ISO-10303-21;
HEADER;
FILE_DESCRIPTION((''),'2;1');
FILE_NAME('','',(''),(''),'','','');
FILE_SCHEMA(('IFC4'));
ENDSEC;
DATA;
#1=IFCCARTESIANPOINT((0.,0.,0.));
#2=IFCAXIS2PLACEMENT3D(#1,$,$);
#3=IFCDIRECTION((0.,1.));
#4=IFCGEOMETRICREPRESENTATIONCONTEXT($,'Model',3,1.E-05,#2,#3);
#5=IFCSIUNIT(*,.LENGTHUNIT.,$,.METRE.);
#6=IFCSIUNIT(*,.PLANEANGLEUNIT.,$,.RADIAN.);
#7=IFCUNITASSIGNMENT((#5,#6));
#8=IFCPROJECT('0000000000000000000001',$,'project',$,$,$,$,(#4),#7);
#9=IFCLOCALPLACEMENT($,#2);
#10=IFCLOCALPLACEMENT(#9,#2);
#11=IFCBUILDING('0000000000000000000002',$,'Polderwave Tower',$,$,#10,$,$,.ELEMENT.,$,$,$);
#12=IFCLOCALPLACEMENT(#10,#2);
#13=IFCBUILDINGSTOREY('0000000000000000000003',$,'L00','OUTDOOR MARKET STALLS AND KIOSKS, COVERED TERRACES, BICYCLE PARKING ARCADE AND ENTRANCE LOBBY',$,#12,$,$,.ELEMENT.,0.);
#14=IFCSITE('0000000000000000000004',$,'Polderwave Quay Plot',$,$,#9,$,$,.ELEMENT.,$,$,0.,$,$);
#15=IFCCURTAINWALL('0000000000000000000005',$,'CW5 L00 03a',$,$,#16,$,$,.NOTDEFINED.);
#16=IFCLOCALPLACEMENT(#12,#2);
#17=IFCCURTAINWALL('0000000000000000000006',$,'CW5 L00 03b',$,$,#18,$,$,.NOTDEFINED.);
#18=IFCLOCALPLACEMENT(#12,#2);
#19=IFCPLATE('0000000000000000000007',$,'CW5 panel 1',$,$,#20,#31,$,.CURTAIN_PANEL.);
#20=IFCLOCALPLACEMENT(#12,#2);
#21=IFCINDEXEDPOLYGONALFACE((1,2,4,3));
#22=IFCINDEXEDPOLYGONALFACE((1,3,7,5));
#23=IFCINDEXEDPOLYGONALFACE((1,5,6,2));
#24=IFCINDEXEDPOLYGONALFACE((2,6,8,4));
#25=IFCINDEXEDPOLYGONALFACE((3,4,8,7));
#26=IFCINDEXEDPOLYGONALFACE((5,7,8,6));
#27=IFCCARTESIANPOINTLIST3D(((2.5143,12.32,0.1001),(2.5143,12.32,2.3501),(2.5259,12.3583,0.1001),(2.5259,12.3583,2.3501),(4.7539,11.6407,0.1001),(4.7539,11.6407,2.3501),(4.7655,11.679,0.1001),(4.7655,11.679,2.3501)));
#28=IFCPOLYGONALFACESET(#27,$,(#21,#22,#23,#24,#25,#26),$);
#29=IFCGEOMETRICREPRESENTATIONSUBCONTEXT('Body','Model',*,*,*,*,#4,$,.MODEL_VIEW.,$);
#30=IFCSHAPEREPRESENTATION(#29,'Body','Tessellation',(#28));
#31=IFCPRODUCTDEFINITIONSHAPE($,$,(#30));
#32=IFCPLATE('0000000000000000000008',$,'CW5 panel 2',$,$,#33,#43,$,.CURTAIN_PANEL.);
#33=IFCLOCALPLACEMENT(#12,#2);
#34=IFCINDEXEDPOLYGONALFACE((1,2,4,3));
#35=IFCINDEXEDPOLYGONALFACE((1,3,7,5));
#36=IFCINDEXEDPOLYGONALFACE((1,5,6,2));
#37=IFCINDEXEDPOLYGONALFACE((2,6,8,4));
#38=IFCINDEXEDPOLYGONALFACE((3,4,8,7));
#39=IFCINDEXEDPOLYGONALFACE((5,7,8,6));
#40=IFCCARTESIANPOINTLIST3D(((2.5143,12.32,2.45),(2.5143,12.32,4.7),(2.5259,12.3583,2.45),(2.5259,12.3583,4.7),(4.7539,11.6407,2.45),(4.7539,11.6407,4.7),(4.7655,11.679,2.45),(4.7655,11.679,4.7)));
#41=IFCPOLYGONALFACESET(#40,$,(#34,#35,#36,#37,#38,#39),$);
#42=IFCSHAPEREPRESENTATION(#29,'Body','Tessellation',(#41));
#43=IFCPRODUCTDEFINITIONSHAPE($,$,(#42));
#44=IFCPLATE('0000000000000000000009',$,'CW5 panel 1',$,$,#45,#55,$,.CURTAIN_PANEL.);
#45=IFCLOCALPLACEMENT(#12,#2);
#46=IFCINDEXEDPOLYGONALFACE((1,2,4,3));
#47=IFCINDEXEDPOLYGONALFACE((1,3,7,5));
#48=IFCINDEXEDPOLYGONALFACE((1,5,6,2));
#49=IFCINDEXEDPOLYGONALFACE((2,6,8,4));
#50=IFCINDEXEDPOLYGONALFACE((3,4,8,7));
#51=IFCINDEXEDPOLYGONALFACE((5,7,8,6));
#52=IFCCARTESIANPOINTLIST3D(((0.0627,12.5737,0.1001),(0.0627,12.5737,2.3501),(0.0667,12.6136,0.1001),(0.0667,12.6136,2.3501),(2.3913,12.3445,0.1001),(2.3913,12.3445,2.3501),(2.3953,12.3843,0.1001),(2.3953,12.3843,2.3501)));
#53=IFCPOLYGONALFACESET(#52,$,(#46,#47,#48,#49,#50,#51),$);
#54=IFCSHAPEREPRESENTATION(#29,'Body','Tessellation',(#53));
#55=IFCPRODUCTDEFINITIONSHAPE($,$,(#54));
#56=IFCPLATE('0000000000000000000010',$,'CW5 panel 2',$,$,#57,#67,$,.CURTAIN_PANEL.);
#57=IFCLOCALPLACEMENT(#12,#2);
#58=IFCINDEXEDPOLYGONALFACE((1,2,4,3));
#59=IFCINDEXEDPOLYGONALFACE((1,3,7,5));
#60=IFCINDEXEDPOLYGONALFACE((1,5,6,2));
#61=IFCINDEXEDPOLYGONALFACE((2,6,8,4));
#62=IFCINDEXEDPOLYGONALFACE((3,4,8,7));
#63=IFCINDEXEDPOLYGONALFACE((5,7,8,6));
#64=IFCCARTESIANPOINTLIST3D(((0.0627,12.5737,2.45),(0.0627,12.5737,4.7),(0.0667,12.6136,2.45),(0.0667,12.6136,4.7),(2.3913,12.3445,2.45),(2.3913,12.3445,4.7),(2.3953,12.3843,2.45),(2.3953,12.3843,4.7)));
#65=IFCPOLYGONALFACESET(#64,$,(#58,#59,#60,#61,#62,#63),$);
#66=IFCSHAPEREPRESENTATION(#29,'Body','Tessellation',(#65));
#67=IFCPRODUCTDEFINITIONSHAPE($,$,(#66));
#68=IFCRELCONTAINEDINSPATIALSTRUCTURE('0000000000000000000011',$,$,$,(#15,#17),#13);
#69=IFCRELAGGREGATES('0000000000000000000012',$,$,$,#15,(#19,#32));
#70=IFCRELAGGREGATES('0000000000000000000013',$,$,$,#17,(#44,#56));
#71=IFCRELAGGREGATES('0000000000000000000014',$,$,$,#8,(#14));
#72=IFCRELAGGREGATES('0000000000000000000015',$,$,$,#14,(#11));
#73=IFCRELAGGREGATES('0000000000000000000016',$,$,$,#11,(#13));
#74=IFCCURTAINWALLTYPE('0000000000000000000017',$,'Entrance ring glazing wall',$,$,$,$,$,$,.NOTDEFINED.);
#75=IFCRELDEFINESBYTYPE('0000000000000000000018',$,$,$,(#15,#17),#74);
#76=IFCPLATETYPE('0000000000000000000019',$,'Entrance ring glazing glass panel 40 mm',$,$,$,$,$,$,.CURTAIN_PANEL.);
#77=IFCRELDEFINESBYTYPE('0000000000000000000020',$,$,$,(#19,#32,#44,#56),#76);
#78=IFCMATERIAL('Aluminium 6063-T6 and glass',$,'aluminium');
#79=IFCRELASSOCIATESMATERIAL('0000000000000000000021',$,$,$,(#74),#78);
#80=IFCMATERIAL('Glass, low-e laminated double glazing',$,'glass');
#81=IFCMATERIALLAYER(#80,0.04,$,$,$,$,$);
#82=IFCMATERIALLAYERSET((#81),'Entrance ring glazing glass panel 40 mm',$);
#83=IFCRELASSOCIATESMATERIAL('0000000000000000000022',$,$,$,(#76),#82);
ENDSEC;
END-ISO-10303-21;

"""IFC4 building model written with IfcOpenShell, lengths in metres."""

from ifc_helpers import new_model, si_unit, direction, frame, origin, origin_2d, place, context, subcontext, project, spatial, rectangle, extrude, material, layer, layer_set, type_object, element, aggregate, save


model = new_model("IFC4")

# Units and contexts
model_context = context("Model", 3, precision=1e-05, world=origin(), true_north=direction((0.0, 1.0)))
body_context = subcontext(model_context, "Body", "Model", "MODEL_VIEW")
ifc_project = project(units=[si_unit("LENGTHUNIT", "METRE"), si_unit("PLANEANGLEUNIT", "RADIAN")], contexts=[model_context])

# Site, building, storey
site_placement = place(None, origin())
site = spatial("IfcSite", under=ifc_project, at=site_placement, Name="Polderwave Quay Plot", CompositionType="ELEMENT", RefElevation=0.0)
building_placement = place(site_placement, origin())
building = spatial("IfcBuilding", under=site, at=building_placement, Name="Polderwave Tower", CompositionType="ELEMENT")
storey_placement = place(building_placement, origin())
storey = spatial("IfcBuildingStorey", under=building, at=storey_placement, Name="L00", Description="OUTDOOR MARKET STALLS AND KIOSKS, COVERED TERRACES, BICYCLE PARKING ARCADE AND ENTRANCE LOBBY", CompositionType="ELEMENT", Elevation=0.0)

# Curtain walls
ifc_material_1 = material(Name="Aluminium 6063-T6 and glass", Category="aluminium")
curtain_wall_type = type_object("IfcCurtainWallType", Name="Entrance ring glazing wall", PredefinedType="NOTDEFINED", material=ifc_material_1)
curtain_wall_1_placement = place(storey_placement, origin())
curtain_wall_1 = element("IfcCurtainWall", 1, at=curtain_wall_1_placement, inside=storey, type_object=curtain_wall_type, Name="CW5 L00 03a", PredefinedType="NOTDEFINED")
curtain_wall_2_placement = place(storey_placement, origin())
curtain_wall_2 = element("IfcCurtainWall", 2, at=curtain_wall_2_placement, inside=storey, type_object=curtain_wall_type, Name="CW5 L00 03b", PredefinedType="NOTDEFINED")

# Plates
ifc_material_2 = material(Name="Glass, low-e laminated double glazing", Category="glass")
ifc_layer_1 = layer(ifc_material_2, 0.04)
ifc_layer_set_1 = layer_set([ifc_layer_1], Name="Entrance ring glazing glass panel 40 mm")
plate_type = type_object("IfcPlateType", Name="Entrance ring glazing glass panel 40 mm", PredefinedType="CURTAIN_PANEL", material=ifc_layer_set_1)
plate_1_placement = place(storey_placement, frame((3.6399, 11.9995, 0.1001), z_axis=(0.0, 0.0, 1.0), x_axis=(-0.956953, 0.290243, 0.0)))
plate_1 = element("IfcPlate", 3, at=plate_1_placement, type_object=plate_type, Name="CW5 panel 1", PredefinedType="CURTAIN_PANEL", context=body_context, shape_type="SweptSolid", body=[
    extrude(rectangle(XDim=2.3403, YDim=0.04, at=origin_2d()), origin(), (0.0, 0.0, 1.0), 2.25),
])
plate_2_placement = place(storey_placement, frame((3.6399, 11.9995, 2.45), z_axis=(0.0, 0.0, 1.0), x_axis=(-0.956953, 0.290243, 0.0)))
plate_2 = element("IfcPlate", 4, at=plate_2_placement, type_object=plate_type, Name="CW5 panel 2", PredefinedType="CURTAIN_PANEL", context=body_context, shape_type="SweptSolid", body=[
    extrude(rectangle(XDim=2.3403, YDim=0.04, at=origin_2d()), origin(), (0.0, 0.0, 1.0), 2.25),
])
aggregate(curtain_wall_1, [plate_1, plate_2])
plate_3_placement = place(storey_placement, frame((1.229, 12.479, 0.1001), z_axis=(0.0, 0.0, 1.0), x_axis=(-0.995188, 0.097981, 0.0)))
plate_3 = element("IfcPlate", 5, at=plate_3_placement, type_object=plate_type, Name="CW5 panel 1", PredefinedType="CURTAIN_PANEL", context=body_context, shape_type="SweptSolid", body=[
    extrude(rectangle(XDim=2.3398, YDim=0.04, at=origin_2d()), origin(), (0.0, 0.0, 1.0), 2.25),
])
plate_4_placement = place(storey_placement, frame((1.229, 12.479, 2.45), z_axis=(0.0, 0.0, 1.0), x_axis=(-0.995188, 0.097981, 0.0)))
plate_4 = element("IfcPlate", 6, at=plate_4_placement, type_object=plate_type, Name="CW5 panel 2", PredefinedType="CURTAIN_PANEL", context=body_context, shape_type="SweptSolid", body=[
    extrude(rectangle(XDim=2.3398, YDim=0.04, at=origin_2d()), origin(), (0.0, 0.0, 1.0), 2.25),
])
aggregate(curtain_wall_2, [plate_3, plate_4])

save(model, "model.ifc")
